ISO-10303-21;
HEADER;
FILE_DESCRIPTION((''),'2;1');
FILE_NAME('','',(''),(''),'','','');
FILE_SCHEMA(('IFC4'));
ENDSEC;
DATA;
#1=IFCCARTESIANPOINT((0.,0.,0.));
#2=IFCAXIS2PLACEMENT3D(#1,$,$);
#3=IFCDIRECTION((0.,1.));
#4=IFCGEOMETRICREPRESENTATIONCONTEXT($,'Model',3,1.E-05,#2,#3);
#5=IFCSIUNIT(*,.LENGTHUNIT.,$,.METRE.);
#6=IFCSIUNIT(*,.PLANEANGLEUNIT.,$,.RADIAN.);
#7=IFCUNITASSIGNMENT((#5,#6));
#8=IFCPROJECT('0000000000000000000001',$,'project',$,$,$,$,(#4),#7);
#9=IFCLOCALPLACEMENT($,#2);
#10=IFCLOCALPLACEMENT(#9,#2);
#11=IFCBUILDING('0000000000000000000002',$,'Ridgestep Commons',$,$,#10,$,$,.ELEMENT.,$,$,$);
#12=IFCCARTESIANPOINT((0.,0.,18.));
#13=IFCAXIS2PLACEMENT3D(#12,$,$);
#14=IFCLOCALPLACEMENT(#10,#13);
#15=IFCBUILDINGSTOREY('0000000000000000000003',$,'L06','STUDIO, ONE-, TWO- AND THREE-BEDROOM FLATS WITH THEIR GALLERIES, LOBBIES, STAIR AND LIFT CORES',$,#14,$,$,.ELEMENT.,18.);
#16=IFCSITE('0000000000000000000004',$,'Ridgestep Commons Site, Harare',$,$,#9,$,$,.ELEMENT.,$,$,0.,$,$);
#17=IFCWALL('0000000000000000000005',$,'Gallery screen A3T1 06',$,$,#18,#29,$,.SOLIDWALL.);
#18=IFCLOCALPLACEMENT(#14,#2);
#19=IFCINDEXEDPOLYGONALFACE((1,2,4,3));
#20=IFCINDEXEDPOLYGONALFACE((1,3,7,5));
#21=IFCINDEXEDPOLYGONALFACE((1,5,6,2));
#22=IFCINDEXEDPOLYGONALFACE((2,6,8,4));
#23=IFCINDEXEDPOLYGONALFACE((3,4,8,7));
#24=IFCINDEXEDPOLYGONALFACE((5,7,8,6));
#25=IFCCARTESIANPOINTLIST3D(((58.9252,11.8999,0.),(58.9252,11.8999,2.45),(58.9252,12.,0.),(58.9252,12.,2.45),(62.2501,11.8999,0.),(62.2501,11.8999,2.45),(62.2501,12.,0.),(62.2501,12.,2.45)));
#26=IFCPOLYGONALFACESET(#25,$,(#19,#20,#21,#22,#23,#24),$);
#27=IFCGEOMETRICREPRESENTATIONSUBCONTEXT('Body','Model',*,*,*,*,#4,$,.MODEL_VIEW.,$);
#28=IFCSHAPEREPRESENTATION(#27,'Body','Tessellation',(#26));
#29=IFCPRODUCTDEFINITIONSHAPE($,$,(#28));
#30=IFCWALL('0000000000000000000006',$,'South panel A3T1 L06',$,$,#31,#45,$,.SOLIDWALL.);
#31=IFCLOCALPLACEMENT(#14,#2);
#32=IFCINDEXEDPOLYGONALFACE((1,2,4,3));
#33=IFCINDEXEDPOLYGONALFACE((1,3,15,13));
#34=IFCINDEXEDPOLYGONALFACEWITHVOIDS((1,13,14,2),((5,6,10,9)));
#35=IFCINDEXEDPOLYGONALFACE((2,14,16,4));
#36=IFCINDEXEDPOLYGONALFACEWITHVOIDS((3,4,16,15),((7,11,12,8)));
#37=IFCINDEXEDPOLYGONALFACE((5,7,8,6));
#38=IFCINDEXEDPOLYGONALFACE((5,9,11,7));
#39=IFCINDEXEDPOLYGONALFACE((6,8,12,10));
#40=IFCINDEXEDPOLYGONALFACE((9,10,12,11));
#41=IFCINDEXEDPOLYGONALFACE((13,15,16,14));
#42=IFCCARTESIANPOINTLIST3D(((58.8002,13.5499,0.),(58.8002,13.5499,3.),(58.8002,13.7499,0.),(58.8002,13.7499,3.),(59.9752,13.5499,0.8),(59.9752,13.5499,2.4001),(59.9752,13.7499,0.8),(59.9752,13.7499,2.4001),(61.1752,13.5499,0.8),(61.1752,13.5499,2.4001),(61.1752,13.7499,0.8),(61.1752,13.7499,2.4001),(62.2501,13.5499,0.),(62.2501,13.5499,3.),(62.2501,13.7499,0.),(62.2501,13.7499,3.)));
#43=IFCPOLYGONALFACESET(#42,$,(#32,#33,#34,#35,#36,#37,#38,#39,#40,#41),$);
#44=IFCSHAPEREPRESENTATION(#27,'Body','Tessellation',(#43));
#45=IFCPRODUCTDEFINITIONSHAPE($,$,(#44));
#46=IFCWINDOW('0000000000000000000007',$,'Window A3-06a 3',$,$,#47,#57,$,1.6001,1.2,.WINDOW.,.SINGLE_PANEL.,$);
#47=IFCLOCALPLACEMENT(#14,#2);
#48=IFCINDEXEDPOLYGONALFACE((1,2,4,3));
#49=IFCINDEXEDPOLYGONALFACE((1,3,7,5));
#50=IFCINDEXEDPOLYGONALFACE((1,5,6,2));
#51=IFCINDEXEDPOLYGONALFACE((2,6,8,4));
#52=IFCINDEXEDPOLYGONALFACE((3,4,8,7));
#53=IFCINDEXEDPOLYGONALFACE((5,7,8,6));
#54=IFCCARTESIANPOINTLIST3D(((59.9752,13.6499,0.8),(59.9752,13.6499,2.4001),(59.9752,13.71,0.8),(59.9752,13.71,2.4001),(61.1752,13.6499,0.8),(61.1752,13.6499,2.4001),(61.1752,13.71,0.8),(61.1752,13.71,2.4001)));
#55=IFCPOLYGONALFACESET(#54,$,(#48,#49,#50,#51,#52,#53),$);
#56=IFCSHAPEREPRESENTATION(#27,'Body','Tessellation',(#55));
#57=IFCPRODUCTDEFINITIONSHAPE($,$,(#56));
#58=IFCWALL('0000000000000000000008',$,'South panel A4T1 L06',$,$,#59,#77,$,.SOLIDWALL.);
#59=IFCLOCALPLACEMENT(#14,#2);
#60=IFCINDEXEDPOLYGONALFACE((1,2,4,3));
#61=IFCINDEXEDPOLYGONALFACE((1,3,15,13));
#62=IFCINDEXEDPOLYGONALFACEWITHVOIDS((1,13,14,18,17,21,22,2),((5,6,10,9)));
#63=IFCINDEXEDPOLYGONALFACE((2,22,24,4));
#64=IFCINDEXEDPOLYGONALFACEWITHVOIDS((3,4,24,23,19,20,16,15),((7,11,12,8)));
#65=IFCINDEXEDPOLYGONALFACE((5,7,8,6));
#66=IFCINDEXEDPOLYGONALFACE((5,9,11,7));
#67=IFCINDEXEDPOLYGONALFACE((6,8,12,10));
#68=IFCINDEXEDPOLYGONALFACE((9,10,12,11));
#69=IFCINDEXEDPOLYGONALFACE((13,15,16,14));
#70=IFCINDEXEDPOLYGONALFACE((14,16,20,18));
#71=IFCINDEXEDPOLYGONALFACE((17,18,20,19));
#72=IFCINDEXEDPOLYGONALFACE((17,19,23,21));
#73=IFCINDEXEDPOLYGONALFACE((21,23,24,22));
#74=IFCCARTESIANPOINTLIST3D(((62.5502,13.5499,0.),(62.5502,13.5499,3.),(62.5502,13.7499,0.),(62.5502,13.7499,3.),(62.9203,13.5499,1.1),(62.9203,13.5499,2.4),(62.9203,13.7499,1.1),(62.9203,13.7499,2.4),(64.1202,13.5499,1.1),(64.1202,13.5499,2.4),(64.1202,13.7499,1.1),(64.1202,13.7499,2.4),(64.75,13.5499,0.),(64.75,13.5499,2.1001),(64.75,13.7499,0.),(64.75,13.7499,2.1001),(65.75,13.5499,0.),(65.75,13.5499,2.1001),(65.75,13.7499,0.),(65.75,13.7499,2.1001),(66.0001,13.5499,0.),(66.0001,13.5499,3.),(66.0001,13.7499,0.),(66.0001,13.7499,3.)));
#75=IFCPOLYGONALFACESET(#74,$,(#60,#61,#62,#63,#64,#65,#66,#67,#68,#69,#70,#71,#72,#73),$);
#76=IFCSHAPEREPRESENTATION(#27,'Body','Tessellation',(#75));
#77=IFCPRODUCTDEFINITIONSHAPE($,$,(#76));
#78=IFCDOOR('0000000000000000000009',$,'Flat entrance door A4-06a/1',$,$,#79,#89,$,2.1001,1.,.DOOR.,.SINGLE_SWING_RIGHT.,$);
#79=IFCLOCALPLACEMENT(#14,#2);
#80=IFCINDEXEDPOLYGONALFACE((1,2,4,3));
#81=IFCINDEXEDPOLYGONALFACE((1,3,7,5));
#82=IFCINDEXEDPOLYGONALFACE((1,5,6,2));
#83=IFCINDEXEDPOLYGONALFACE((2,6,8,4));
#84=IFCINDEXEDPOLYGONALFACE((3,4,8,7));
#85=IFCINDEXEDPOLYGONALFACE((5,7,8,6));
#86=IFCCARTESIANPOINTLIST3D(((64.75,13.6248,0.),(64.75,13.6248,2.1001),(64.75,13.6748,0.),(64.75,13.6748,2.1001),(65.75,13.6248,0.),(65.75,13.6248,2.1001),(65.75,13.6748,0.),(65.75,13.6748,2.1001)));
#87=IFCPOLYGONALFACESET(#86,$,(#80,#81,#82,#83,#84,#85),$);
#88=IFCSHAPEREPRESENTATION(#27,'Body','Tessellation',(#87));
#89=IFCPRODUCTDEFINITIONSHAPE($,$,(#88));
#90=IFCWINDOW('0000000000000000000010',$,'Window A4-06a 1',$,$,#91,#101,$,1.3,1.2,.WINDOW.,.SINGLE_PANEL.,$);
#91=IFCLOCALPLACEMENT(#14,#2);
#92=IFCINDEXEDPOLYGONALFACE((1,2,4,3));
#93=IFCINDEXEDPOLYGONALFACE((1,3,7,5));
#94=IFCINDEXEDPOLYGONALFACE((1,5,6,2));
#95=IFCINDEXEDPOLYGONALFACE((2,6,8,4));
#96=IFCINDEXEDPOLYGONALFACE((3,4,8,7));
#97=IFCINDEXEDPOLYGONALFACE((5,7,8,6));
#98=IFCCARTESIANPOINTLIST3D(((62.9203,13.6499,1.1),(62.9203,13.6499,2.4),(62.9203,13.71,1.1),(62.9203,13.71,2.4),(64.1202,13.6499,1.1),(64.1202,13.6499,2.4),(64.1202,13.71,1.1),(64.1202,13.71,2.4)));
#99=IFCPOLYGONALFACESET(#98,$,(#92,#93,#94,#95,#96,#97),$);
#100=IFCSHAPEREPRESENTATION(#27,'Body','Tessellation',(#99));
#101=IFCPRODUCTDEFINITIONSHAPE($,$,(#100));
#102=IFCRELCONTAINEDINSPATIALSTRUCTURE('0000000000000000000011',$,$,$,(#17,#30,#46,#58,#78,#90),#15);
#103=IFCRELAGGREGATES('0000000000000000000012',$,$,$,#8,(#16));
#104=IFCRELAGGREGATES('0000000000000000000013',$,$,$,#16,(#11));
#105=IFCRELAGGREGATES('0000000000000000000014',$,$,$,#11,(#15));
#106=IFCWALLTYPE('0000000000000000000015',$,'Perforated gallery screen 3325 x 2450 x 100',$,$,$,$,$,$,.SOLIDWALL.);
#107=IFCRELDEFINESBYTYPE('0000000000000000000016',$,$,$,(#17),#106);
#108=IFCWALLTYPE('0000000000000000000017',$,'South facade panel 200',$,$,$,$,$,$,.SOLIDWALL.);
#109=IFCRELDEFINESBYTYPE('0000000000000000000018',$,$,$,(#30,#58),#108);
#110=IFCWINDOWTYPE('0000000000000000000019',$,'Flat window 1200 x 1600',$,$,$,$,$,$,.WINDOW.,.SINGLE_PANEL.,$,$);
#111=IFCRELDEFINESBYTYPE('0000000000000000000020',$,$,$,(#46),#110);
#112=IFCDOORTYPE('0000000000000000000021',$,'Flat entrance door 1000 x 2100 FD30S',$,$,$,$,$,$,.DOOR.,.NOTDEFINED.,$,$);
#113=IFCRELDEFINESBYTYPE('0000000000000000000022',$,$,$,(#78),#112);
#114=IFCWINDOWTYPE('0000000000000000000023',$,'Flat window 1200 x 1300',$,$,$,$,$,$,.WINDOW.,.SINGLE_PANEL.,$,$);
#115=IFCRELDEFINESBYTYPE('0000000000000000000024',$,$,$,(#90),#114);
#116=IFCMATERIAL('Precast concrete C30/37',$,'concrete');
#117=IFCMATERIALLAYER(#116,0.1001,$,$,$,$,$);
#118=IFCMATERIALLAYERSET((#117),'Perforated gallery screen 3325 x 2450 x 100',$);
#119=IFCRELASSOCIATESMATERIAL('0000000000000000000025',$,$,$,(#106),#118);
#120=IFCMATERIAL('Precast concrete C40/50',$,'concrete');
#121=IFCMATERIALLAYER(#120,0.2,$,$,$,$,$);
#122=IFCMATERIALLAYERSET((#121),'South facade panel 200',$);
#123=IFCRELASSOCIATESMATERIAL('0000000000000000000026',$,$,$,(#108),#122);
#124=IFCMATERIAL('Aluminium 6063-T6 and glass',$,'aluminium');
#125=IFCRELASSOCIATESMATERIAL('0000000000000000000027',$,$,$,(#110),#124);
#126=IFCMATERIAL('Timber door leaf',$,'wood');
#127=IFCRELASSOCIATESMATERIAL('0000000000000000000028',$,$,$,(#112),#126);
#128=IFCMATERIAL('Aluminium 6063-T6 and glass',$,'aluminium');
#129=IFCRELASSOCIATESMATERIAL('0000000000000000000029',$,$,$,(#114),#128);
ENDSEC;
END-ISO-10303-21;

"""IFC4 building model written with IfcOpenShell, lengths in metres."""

from ifc_helpers import new_model, si_unit, direction, frame, frame_2d, origin, place, context, subcontext, project, spatial, rectangle, extrude, material, layer, layer_set, type_object, element, fill, save


model = new_model("IFC4")

# Units and contexts
model_context = context("Model", 3, precision=1e-05, world=origin(), true_north=direction((0.0, 1.0)))
body_context = subcontext(model_context, "Body", "Model", "MODEL_VIEW")
ifc_project = project(units=[si_unit("LENGTHUNIT", "METRE"), si_unit("PLANEANGLEUNIT", "RADIAN")], contexts=[model_context])

# Site, building, storey
site_placement = place(None, origin())
site = spatial("IfcSite", under=ifc_project, at=site_placement, Name="Ridgestep Commons Site, Harare", CompositionType="ELEMENT", RefElevation=0.0)
building_placement = place(site_placement, origin())
building = spatial("IfcBuilding", under=site, at=building_placement, Name="Ridgestep Commons", CompositionType="ELEMENT")
storey_placement = place(building_placement, frame((0.0, 0.0, 18.0)))
storey = spatial("IfcBuildingStorey", under=building, at=storey_placement, Name="L06", Description="STUDIO, ONE-, TWO- AND THREE-BEDROOM FLATS WITH THEIR GALLERIES, LOBBIES, STAIR AND LIFT CORES", CompositionType="ELEMENT", Elevation=18.0)

# Wall
ifc_material_1 = material(Name="Precast concrete C30/37", Category="concrete")
ifc_layer_1 = layer(ifc_material_1, 0.1001)
ifc_layer_set_1 = layer_set([ifc_layer_1], Name="Perforated gallery screen 3325 x 2450 x 100")
wall_type_1 = type_object("IfcWallType", Name="Perforated gallery screen 3325 x 2450 x 100", PredefinedType="SOLIDWALL", material=ifc_layer_set_1)
wall_1_placement = place(storey_placement, frame((58.925, 11.95, 0.0), z_axis=(0.0, 0.0, 1.0), x_axis=(1.0, 0.0, 0.0)))
element("IfcWall", 1, at=wall_1_placement, inside=storey, type_object=wall_type_1, Name="Gallery screen A3T1 06", PredefinedType="SOLIDWALL", context=body_context, shape_type="SweptSolid", body=[
    extrude(rectangle(XDim=3.325, YDim=0.1001, at=frame_2d((1.6626, 0.0))), origin(), (0.0, 0.0, 1.0), 2.45),
])

# Wall, opening, window
ifc_material_2 = material(Name="Precast concrete C40/50", Category="concrete")
ifc_layer_2 = layer(ifc_material_2, 0.2)
ifc_layer_set_2 = layer_set([ifc_layer_2], Name="South facade panel 200")
wall_type_2 = type_object("IfcWallType", Name="South facade panel 200", PredefinedType="SOLIDWALL", material=ifc_layer_set_2)
wall_2_placement = place(storey_placement, frame((58.8, 13.6499, 0.0), z_axis=(0.0, 0.0, 1.0), x_axis=(1.0, 0.0, 0.0)))
wall_2 = element("IfcWall", 2, at=wall_2_placement, inside=storey, type_object=wall_type_2, Name="South panel A3T1 L06", PredefinedType="SOLIDWALL", context=body_context, shape_type="SweptSolid", body=[
    extrude(rectangle(XDim=3.45, YDim=0.2, at=frame_2d((1.7251, 0.0))), origin(), (0.0, 0.0, 1.0), 3.0),
])
opening_1_placement = place(wall_2_placement, frame((1.175, 0.0, 0.8)))
opening_1 = element("IfcOpeningElement", 3, at=opening_1_placement, cuts=wall_2, PredefinedType="OPENING", context=body_context, shape_type="SweptSolid", body=[
    extrude(rectangle(XDim=1.2, YDim=1.6001, at=frame_2d((0.6001, 0.8))), frame((0.0, 0.1099, 0.0), z_axis=(0.0, -1.0, 0.0), x_axis=(1.0, 0.0, 0.0)), (0.0, 0.0, 1.0), 0.22),
])
ifc_material_3 = material(Name="Aluminium 6063-T6 and glass", Category="aluminium")
window_type_1 = type_object("IfcWindowType", Name="Flat window 1200 x 1600", PartitioningType="SINGLE_PANEL", PredefinedType="WINDOW", material=ifc_material_3)
window_1_placement = place(opening_1_placement, origin())
window_1 = element("IfcWindow", 4, at=window_1_placement, inside=storey, type_object=window_type_1, Name="Window A3-06a 3", OverallHeight=1.6001, OverallWidth=1.2, PartitioningType="SINGLE_PANEL", PredefinedType="WINDOW", context=body_context, shape_type="SweptSolid", body=[
    extrude(rectangle(XDim=1.2, YDim=1.6001, at=frame_2d((0.6001, 0.8))), frame((0.0, 0.0601, 0.0), z_axis=(0.0, -1.0, 0.0), x_axis=(1.0, 0.0, 0.0)), (0.0, 0.0, 1.0), 0.0601),
])
fill(opening_1, window_1)

# Wall, openings, door, window
wall_3_placement = place(storey_placement, frame((62.55, 13.6499, 0.0), z_axis=(0.0, 0.0, 1.0), x_axis=(1.0, 0.0, 0.0)))
wall_3 = element("IfcWall", 5, at=wall_3_placement, inside=storey, type_object=wall_type_2, Name="South panel A4T1 L06", PredefinedType="SOLIDWALL", context=body_context, shape_type="SweptSolid", body=[
    extrude(rectangle(XDim=3.45, YDim=0.2, at=frame_2d((1.7251, 0.0))), origin(), (0.0, 0.0, 1.0), 3.0),
])
opening_2_placement = place(wall_3_placement, frame((0.3701, 0.0, 1.1001)))
opening_2 = element("IfcOpeningElement", 6, at=opening_2_placement, cuts=wall_3, PredefinedType="OPENING", context=body_context, shape_type="SweptSolid", body=[
    extrude(rectangle(XDim=1.2, YDim=1.3, at=frame_2d((0.6001, 0.6499))), frame((0.0, 0.1099, 0.0), z_axis=(0.0, -1.0, 0.0), x_axis=(1.0, 0.0, 0.0)), (0.0, 0.0, 1.0), 0.22),
])
opening_3_placement = place(wall_3_placement, frame((2.2, 0.0, 0.0)))
opening_3 = element("IfcOpeningElement", 7, at=opening_3_placement, cuts=wall_3, PredefinedType="OPENING", context=body_context, shape_type="SweptSolid", body=[
    extrude(rectangle(XDim=1.0, YDim=2.1001, at=frame_2d((0.5, 1.05))), frame((0.0, 0.1099, 0.0), z_axis=(0.0, -1.0, 0.0), x_axis=(1.0, 0.0, 0.0)), (0.0, 0.0, 1.0), 0.22),
])
ifc_material_4 = material(Name="Timber door leaf", Category="wood")
door_type_1 = type_object("IfcDoorType", Name="Flat entrance door 1000 x 2100 FD30S", OperationType="NOTDEFINED", PredefinedType="DOOR", material=ifc_material_4)
door_1_placement = place(opening_3_placement, origin())
door_1 = element("IfcDoor", 8, at=door_1_placement, inside=storey, type_object=door_type_1, Name="Flat entrance door A4-06a/1", OperationType="SINGLE_SWING_RIGHT", OverallHeight=2.1001, OverallWidth=1.0, PredefinedType="DOOR", context=body_context, shape_type="SweptSolid", body=[
    extrude(rectangle(XDim=1.0, YDim=2.1001, at=frame_2d((0.5, 1.05))), frame((0.0, 0.0249, 0.0), z_axis=(0.0, -1.0, 0.0), x_axis=(1.0, 0.0, 0.0)), (0.0, 0.0, 1.0), 0.05),
])
fill(opening_3, door_1)
ifc_material_5 = material(Name="Aluminium 6063-T6 and glass", Category="aluminium")
window_type_2 = type_object("IfcWindowType", Name="Flat window 1200 x 1300", PartitioningType="SINGLE_PANEL", PredefinedType="WINDOW", material=ifc_material_5)
window_2_placement = place(opening_2_placement, origin())
window_2 = element("IfcWindow", 9, at=window_2_placement, inside=storey, type_object=window_type_2, Name="Window A4-06a 1", OverallHeight=1.3, OverallWidth=1.2, PartitioningType="SINGLE_PANEL", PredefinedType="WINDOW", context=body_context, shape_type="SweptSolid", body=[
    extrude(rectangle(XDim=1.2, YDim=1.3, at=frame_2d((0.6001, 0.6499))), frame((0.0, 0.0601, 0.0), z_axis=(0.0, -1.0, 0.0), x_axis=(1.0, 0.0, 0.0)), (0.0, 0.0, 1.0), 0.0601),
])
fill(opening_2, window_2)

save(model, "model.ifc")
